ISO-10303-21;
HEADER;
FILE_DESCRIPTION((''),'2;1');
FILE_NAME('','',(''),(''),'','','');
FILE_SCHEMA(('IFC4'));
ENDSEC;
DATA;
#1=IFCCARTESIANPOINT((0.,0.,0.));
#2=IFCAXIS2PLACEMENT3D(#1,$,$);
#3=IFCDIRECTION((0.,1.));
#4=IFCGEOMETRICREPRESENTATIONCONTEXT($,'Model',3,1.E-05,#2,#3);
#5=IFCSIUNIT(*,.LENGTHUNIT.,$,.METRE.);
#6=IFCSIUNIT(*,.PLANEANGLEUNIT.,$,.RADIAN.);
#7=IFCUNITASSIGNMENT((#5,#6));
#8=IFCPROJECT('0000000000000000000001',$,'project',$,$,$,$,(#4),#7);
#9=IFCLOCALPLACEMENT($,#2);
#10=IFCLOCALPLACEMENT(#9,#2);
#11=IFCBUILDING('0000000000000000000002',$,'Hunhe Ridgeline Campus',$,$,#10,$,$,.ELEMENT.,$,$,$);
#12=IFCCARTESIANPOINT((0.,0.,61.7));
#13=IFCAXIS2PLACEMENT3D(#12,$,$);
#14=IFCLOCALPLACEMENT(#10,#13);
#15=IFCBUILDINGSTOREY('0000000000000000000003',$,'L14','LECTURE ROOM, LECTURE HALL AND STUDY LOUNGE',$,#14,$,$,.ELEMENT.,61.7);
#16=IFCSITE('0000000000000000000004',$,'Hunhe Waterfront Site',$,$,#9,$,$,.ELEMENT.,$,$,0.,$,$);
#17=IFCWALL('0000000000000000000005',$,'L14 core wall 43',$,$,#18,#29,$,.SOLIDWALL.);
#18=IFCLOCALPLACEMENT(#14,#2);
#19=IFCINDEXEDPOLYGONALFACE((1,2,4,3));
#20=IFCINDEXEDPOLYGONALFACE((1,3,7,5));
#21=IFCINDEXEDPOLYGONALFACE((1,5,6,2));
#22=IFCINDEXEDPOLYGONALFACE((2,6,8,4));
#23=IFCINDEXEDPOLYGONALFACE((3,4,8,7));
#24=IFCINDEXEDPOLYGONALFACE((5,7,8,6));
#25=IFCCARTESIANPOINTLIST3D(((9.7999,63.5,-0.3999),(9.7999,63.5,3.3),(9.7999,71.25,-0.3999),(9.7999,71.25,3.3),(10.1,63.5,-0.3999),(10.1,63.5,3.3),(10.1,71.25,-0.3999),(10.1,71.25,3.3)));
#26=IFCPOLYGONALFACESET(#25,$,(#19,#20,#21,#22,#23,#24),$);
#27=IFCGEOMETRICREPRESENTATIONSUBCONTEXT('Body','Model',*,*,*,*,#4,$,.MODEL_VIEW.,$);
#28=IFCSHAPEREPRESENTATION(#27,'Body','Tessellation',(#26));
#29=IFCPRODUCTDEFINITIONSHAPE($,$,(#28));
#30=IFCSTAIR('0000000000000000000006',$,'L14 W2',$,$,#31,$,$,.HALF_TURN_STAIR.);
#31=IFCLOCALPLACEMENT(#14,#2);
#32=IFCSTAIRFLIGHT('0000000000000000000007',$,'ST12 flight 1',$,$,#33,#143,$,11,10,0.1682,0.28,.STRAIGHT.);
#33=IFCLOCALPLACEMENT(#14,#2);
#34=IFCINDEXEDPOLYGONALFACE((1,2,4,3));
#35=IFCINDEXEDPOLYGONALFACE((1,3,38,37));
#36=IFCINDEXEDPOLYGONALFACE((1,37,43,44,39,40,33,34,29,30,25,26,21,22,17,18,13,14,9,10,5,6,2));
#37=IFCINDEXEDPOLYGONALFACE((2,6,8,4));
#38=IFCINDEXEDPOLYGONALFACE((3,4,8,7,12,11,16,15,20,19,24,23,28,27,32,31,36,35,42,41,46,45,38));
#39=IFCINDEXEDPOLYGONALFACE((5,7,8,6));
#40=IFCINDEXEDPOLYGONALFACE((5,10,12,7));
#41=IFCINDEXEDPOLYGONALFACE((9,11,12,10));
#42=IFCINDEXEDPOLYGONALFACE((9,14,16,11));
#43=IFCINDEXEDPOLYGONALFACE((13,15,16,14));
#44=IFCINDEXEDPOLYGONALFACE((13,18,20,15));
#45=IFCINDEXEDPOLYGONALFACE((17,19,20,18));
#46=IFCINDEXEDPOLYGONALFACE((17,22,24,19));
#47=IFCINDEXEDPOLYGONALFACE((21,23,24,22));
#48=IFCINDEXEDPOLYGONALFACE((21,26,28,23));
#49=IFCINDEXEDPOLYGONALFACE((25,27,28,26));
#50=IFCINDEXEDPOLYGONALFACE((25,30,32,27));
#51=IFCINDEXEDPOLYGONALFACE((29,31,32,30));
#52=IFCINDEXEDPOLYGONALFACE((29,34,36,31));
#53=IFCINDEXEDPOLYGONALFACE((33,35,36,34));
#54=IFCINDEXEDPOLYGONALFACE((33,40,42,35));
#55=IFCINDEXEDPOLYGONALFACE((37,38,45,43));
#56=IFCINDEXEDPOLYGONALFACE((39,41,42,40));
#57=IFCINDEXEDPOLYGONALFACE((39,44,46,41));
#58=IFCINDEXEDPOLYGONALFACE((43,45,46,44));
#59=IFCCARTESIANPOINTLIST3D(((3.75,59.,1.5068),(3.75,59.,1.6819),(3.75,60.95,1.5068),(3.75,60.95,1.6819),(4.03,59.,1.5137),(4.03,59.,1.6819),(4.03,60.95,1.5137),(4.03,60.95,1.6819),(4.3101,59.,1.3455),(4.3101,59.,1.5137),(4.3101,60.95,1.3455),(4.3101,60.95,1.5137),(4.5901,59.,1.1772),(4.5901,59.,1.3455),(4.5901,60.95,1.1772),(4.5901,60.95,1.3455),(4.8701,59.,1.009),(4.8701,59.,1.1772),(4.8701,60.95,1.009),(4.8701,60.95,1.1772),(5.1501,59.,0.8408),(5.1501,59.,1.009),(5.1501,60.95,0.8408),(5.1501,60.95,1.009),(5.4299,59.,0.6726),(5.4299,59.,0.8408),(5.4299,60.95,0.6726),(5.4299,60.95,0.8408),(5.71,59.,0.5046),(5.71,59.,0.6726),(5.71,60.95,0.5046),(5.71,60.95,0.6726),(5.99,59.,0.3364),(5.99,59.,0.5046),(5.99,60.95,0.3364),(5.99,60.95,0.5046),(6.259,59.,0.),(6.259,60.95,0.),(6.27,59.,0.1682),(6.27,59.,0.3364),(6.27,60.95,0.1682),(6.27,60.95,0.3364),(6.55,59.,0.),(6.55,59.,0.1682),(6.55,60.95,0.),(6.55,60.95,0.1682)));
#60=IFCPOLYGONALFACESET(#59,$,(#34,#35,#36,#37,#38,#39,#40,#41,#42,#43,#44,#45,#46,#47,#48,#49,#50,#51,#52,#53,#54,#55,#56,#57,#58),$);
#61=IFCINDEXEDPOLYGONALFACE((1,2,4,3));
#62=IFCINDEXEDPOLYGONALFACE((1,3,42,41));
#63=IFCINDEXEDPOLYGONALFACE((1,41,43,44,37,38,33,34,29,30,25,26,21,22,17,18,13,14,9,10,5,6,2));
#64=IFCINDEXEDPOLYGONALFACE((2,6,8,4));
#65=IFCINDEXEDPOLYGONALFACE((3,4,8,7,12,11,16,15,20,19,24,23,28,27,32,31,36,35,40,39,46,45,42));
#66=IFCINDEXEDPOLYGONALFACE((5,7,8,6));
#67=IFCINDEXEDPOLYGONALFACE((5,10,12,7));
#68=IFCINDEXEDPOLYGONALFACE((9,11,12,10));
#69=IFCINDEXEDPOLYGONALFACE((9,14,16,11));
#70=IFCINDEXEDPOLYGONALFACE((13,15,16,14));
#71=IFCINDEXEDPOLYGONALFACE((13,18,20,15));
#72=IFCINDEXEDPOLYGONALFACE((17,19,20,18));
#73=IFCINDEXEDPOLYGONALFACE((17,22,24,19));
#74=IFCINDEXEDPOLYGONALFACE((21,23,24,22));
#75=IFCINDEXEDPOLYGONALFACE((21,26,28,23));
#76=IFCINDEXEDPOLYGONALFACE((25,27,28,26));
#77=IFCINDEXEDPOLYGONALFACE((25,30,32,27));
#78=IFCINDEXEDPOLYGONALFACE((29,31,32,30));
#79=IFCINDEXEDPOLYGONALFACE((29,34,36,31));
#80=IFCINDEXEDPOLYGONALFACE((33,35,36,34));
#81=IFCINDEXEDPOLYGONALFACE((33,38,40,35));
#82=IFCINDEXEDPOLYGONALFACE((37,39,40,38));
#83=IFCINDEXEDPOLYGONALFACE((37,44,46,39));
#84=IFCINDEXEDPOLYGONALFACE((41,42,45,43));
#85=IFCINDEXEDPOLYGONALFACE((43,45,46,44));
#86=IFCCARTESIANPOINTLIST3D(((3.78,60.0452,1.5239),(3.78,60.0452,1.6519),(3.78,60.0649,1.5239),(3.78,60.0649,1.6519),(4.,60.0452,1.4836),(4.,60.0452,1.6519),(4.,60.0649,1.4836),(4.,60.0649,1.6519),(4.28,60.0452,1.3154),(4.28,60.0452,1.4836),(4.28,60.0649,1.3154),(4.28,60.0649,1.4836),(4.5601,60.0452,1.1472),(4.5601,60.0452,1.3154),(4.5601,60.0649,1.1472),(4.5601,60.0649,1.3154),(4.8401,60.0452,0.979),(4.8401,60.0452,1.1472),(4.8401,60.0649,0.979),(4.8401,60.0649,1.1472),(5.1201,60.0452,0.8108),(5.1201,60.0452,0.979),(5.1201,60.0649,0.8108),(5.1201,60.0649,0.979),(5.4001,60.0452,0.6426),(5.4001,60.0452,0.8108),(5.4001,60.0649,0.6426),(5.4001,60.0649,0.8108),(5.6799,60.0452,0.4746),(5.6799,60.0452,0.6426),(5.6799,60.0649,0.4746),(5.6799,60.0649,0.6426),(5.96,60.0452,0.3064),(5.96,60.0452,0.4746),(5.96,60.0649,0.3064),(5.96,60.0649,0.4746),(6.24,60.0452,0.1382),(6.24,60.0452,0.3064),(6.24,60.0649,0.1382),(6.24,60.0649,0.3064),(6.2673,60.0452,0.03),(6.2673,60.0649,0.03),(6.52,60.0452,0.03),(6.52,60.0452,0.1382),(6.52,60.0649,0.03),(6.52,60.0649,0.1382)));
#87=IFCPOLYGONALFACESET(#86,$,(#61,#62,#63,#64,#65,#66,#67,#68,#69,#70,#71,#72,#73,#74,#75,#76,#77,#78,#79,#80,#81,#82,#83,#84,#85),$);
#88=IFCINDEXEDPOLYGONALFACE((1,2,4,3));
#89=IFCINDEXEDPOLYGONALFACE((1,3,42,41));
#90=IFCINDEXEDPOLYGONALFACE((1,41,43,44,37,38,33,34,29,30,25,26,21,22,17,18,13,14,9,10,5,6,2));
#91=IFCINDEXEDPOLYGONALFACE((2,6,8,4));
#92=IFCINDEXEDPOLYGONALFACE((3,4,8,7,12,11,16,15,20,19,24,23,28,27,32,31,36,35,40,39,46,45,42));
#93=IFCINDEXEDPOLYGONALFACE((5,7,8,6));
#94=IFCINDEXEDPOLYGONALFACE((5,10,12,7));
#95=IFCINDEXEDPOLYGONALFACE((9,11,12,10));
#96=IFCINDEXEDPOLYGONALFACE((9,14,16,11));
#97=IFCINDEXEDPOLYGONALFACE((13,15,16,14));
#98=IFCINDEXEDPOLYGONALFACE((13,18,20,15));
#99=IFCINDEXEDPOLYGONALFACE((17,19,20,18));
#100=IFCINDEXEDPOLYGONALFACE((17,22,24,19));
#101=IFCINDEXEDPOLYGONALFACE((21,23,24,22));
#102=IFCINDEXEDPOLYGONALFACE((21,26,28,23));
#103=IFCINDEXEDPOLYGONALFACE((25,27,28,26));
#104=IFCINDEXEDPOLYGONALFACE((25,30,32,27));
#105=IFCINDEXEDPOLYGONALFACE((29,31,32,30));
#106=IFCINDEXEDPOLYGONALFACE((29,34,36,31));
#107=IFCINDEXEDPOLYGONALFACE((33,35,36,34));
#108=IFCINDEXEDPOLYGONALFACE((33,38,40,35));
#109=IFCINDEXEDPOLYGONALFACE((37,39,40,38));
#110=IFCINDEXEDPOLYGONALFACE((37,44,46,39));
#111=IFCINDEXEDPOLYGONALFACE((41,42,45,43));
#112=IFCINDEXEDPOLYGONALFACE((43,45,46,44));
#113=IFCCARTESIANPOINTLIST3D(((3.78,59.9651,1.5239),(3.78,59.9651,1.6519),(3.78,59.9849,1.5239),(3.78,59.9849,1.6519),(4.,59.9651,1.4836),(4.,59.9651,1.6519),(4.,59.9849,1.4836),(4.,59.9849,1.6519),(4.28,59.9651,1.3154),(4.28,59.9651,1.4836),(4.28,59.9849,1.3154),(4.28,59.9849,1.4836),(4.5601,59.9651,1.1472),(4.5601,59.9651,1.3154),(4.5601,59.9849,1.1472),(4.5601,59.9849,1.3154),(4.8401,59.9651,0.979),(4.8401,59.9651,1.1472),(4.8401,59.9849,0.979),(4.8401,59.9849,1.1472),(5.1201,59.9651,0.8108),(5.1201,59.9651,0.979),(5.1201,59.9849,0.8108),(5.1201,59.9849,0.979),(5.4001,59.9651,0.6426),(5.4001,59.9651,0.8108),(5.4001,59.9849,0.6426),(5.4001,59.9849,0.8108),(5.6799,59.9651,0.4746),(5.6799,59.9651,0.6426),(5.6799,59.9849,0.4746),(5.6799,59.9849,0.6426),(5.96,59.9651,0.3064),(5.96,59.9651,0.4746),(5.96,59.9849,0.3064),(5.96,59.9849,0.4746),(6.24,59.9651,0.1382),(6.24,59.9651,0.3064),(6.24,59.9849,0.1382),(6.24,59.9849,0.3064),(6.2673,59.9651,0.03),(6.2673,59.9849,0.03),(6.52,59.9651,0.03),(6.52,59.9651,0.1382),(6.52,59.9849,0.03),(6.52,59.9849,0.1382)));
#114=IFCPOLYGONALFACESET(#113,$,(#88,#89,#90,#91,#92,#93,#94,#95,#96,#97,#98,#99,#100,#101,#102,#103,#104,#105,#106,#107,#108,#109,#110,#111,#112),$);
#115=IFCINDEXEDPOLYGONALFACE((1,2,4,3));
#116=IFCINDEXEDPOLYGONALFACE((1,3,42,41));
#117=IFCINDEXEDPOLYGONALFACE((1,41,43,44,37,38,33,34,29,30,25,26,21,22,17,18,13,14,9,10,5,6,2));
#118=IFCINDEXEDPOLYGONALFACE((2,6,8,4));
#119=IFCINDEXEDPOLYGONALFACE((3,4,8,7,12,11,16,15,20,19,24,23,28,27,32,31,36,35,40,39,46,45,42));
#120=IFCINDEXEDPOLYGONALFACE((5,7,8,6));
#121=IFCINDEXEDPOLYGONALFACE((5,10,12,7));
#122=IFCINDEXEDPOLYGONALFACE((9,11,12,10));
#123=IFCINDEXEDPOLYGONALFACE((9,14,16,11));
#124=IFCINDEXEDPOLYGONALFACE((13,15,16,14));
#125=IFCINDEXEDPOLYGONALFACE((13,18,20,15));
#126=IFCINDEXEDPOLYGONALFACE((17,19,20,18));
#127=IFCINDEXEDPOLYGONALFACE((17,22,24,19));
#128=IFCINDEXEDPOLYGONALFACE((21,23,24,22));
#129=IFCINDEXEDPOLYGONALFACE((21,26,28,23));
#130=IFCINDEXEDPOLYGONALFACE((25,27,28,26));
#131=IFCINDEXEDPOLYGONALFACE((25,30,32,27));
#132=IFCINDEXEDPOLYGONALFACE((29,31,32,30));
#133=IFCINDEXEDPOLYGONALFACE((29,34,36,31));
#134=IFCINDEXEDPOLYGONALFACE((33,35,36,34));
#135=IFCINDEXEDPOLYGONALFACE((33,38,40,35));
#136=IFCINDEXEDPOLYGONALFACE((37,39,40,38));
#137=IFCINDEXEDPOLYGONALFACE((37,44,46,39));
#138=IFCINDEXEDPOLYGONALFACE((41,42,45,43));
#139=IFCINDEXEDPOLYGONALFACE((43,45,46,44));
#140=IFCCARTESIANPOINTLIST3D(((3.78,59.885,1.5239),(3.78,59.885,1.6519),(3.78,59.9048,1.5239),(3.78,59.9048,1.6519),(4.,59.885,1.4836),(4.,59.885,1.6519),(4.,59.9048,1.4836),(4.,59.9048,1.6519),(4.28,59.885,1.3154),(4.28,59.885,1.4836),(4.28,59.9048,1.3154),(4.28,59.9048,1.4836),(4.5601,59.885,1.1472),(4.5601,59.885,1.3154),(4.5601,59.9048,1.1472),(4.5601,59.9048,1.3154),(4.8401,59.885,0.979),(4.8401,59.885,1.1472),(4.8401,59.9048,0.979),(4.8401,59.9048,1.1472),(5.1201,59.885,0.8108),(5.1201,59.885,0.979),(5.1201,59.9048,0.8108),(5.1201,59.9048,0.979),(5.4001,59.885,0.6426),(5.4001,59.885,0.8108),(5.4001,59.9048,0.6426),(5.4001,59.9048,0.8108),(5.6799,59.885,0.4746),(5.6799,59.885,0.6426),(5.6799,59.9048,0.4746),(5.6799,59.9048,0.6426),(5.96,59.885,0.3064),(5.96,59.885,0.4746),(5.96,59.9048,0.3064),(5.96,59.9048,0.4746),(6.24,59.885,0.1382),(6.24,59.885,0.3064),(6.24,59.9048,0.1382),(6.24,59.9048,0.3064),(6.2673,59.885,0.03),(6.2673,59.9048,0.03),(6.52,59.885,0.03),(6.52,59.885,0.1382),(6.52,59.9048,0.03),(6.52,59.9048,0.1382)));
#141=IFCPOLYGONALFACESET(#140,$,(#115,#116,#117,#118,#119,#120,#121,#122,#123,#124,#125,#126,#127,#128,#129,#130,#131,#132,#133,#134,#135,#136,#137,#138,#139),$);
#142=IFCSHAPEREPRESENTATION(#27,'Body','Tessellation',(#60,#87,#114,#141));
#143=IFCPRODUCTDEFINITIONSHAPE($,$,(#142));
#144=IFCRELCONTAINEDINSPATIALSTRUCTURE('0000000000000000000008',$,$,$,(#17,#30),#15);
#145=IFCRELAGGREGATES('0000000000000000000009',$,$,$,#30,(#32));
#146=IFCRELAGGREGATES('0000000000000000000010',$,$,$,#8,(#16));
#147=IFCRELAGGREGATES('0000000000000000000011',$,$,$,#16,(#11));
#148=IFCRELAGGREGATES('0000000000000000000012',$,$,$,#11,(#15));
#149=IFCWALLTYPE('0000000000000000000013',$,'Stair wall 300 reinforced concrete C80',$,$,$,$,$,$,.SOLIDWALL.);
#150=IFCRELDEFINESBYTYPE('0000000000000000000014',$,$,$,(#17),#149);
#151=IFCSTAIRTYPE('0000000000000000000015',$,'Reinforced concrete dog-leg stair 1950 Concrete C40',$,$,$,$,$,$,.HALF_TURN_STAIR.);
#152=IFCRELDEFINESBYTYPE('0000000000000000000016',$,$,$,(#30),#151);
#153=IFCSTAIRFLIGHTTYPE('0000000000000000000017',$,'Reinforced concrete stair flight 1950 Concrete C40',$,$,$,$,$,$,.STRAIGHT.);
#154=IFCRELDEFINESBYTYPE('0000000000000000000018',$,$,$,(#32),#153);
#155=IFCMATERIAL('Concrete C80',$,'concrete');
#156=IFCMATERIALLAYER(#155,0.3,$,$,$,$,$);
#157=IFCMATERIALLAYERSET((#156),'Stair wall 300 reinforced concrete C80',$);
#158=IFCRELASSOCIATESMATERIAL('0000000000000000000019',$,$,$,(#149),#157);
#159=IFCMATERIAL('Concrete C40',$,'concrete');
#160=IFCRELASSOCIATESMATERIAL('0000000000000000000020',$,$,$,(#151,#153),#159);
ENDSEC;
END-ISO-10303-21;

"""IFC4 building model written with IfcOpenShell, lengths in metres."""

from ifc_helpers import new_model, si_unit, direction, frame, frame_2d, origin, place, context, subcontext, project, spatial, polyline, rectangle, outline, extrude, material, layer, layer_set, type_object, element, aggregate, save


model = new_model("IFC4")

# Units and contexts
model_context = context("Model", 3, precision=1e-05, world=origin(), true_north=direction((0.0, 1.0)))
body_context = subcontext(model_context, "Body", "Model", "MODEL_VIEW")
ifc_project = project(units=[si_unit("LENGTHUNIT", "METRE"), si_unit("PLANEANGLEUNIT", "RADIAN")], contexts=[model_context])

# Site, building, storey
site_placement = place(None, origin())
site = spatial("IfcSite", under=ifc_project, at=site_placement, Name="Hunhe Waterfront Site", CompositionType="ELEMENT", RefElevation=0.0)
building_placement = place(site_placement, origin())
building = spatial("IfcBuilding", under=site, at=building_placement, Name="Hunhe Ridgeline Campus", CompositionType="ELEMENT")
storey_placement = place(building_placement, frame((0.0, 0.0, 61.7)))
storey = spatial("IfcBuildingStorey", under=building, at=storey_placement, Name="L14", Description="LECTURE ROOM, LECTURE HALL AND STUDY LOUNGE", CompositionType="ELEMENT", Elevation=61.7)

# Shared definitions
ifc_material_1 = material(Name="Concrete C80", Category="concrete")

# Shared definitions
ifc_layer_1 = layer(ifc_material_1, 0.3)
ifc_layer_set_1 = layer_set([ifc_layer_1], Name="Stair wall 300 reinforced concrete C80")
wall_type_1 = type_object("IfcWallType", Name="Stair wall 300 reinforced concrete C80", PredefinedType="SOLIDWALL", material=ifc_layer_set_1)

# Wall
wall_1_placement = place(storey_placement, frame((9.95, 63.5, -0.3999), z_axis=(0.0, 0.0, 1.0), x_axis=(0.0, 1.0, 0.0)))
element("IfcWall", 1, at=wall_1_placement, inside=storey, type_object=wall_type_1, Name="L14 core wall 43", PredefinedType="SOLIDWALL", context=body_context, shape_type="SweptSolid", body=[
    extrude(rectangle(XDim=7.75, YDim=0.3, at=frame_2d((3.875, 0.0))), origin(), (0.0, 0.0, 1.0), 3.7),
])

# Stair, stair flight
ifc_material_2 = material(Name="Concrete C40", Category="concrete")
stair_type = type_object("IfcStairType", Name="Reinforced concrete dog-leg stair 1950 Concrete C40", PredefinedType="HALF_TURN_STAIR", material=ifc_material_2)
stair_placement = place(storey_placement, origin())
stair = element("IfcStair", 2, at=stair_placement, inside=storey, type_object=stair_type, Name="L14 W2", PredefinedType="HALF_TURN_STAIR")
stair_flight_type = type_object("IfcStairFlightType", Name="Reinforced concrete stair flight 1950 Concrete C40", PredefinedType="STRAIGHT", material=ifc_material_2)
stair_flight_1_placement = place(storey_placement, frame((6.55, 59.9751, 0.0), z_axis=(0.0, 0.0, 1.0), x_axis=(-1.0, 0.0, 0.0)))
stair_flight_1 = element("IfcStairFlight", 3, at=stair_flight_1_placement, type_object=stair_flight_type, Name="ST12 flight 1", NumberOfRisers=11, NumberOfTreads=10, PredefinedType="STRAIGHT", RiserHeight=0.1682, TreadLength=0.28, context=body_context, shape_type="SweptSolid", body=[
    extrude(outline(polyline([(0.0, 0.0), (0.0, 0.1682), (0.28, 0.1682), (0.28, 0.3364), (0.5601, 0.3364), (0.5601, 0.5046), (0.8401, 0.5046), (0.8401, 0.6726), (1.1201, 0.6726), (1.1201, 0.8408), (1.3999, 0.8408), (1.3999, 1.009), (1.6799, 1.009), (1.6799, 1.1772), (1.96, 1.1772), (1.96, 1.3455), (2.24, 1.3455), (2.24, 1.5137), (2.52, 1.5137), (2.52, 1.6819), (2.8, 1.6819), (2.8, 1.8501), (2.8, 1.5068), (0.291, 0.0), (0.0, 0.0)])), frame((0.0, 0.9751, 0.0), z_axis=(0.0, -1.0, 0.0), x_axis=(1.0, 0.0, 0.0)), (0.0, 0.0, 1.0), 1.95),
    extrude(outline(polyline([(0.03, 0.03), (0.03, 0.1382), (0.3101, 0.1382), (0.3101, 0.3064), (0.5901, 0.3064), (0.5901, 0.4746), (0.8701, 0.4746), (0.8701, 0.6426), (1.1499, 0.6426), (1.1499, 0.8108), (1.4299, 0.8108), (1.4299, 0.979), (1.71, 0.979), (1.71, 1.1472), (1.99, 1.1472), (1.99, 1.3154), (2.27, 1.3154), (2.27, 1.4836), (2.55, 1.4836), (2.55, 1.6519), (2.77, 1.6519), (2.77, 1.5239), (0.2827, 0.03), (0.03, 0.03)])), frame((0.0, -0.0701, 0.0), z_axis=(0.0, -1.0, 0.0), x_axis=(1.0, 0.0, 0.0)), (0.0, 0.0, 1.0), 0.0198),
    extrude(outline(polyline([(0.03, 0.03), (0.03, 0.1382), (0.3101, 0.1382), (0.3101, 0.3064), (0.5901, 0.3064), (0.5901, 0.4746), (0.8701, 0.4746), (0.8701, 0.6426), (1.1499, 0.6426), (1.1499, 0.8108), (1.4299, 0.8108), (1.4299, 0.979), (1.71, 0.979), (1.71, 1.1472), (1.99, 1.1472), (1.99, 1.3154), (2.27, 1.3154), (2.27, 1.4836), (2.55, 1.4836), (2.55, 1.6519), (2.77, 1.6519), (2.77, 1.5239), (0.2827, 0.03), (0.03, 0.03)])), frame((0.0, 0.01, 0.0), z_axis=(0.0, -1.0, 0.0), x_axis=(1.0, 0.0, 0.0)), (0.0, 0.0, 1.0), 0.0198),
    extrude(outline(polyline([(0.03, 0.03), (0.03, 0.1382), (0.3101, 0.1382), (0.3101, 0.3064), (0.5901, 0.3064), (0.5901, 0.4746), (0.8701, 0.4746), (0.8701, 0.6426), (1.1499, 0.6426), (1.1499, 0.8108), (1.4299, 0.8108), (1.4299, 0.979), (1.71, 0.979), (1.71, 1.1472), (1.99, 1.1472), (1.99, 1.3154), (2.27, 1.3154), (2.27, 1.4836), (2.55, 1.4836), (2.55, 1.6519), (2.77, 1.6519), (2.77, 1.5239), (0.2827, 0.03), (0.03, 0.03)])), frame((0.0, 0.0901, 0.0), z_axis=(0.0, -1.0, 0.0), x_axis=(1.0, 0.0, 0.0)), (0.0, 0.0, 1.0), 0.0198),
])
aggregate(stair, [stair_flight_1])

save(model, "model.ifc")
